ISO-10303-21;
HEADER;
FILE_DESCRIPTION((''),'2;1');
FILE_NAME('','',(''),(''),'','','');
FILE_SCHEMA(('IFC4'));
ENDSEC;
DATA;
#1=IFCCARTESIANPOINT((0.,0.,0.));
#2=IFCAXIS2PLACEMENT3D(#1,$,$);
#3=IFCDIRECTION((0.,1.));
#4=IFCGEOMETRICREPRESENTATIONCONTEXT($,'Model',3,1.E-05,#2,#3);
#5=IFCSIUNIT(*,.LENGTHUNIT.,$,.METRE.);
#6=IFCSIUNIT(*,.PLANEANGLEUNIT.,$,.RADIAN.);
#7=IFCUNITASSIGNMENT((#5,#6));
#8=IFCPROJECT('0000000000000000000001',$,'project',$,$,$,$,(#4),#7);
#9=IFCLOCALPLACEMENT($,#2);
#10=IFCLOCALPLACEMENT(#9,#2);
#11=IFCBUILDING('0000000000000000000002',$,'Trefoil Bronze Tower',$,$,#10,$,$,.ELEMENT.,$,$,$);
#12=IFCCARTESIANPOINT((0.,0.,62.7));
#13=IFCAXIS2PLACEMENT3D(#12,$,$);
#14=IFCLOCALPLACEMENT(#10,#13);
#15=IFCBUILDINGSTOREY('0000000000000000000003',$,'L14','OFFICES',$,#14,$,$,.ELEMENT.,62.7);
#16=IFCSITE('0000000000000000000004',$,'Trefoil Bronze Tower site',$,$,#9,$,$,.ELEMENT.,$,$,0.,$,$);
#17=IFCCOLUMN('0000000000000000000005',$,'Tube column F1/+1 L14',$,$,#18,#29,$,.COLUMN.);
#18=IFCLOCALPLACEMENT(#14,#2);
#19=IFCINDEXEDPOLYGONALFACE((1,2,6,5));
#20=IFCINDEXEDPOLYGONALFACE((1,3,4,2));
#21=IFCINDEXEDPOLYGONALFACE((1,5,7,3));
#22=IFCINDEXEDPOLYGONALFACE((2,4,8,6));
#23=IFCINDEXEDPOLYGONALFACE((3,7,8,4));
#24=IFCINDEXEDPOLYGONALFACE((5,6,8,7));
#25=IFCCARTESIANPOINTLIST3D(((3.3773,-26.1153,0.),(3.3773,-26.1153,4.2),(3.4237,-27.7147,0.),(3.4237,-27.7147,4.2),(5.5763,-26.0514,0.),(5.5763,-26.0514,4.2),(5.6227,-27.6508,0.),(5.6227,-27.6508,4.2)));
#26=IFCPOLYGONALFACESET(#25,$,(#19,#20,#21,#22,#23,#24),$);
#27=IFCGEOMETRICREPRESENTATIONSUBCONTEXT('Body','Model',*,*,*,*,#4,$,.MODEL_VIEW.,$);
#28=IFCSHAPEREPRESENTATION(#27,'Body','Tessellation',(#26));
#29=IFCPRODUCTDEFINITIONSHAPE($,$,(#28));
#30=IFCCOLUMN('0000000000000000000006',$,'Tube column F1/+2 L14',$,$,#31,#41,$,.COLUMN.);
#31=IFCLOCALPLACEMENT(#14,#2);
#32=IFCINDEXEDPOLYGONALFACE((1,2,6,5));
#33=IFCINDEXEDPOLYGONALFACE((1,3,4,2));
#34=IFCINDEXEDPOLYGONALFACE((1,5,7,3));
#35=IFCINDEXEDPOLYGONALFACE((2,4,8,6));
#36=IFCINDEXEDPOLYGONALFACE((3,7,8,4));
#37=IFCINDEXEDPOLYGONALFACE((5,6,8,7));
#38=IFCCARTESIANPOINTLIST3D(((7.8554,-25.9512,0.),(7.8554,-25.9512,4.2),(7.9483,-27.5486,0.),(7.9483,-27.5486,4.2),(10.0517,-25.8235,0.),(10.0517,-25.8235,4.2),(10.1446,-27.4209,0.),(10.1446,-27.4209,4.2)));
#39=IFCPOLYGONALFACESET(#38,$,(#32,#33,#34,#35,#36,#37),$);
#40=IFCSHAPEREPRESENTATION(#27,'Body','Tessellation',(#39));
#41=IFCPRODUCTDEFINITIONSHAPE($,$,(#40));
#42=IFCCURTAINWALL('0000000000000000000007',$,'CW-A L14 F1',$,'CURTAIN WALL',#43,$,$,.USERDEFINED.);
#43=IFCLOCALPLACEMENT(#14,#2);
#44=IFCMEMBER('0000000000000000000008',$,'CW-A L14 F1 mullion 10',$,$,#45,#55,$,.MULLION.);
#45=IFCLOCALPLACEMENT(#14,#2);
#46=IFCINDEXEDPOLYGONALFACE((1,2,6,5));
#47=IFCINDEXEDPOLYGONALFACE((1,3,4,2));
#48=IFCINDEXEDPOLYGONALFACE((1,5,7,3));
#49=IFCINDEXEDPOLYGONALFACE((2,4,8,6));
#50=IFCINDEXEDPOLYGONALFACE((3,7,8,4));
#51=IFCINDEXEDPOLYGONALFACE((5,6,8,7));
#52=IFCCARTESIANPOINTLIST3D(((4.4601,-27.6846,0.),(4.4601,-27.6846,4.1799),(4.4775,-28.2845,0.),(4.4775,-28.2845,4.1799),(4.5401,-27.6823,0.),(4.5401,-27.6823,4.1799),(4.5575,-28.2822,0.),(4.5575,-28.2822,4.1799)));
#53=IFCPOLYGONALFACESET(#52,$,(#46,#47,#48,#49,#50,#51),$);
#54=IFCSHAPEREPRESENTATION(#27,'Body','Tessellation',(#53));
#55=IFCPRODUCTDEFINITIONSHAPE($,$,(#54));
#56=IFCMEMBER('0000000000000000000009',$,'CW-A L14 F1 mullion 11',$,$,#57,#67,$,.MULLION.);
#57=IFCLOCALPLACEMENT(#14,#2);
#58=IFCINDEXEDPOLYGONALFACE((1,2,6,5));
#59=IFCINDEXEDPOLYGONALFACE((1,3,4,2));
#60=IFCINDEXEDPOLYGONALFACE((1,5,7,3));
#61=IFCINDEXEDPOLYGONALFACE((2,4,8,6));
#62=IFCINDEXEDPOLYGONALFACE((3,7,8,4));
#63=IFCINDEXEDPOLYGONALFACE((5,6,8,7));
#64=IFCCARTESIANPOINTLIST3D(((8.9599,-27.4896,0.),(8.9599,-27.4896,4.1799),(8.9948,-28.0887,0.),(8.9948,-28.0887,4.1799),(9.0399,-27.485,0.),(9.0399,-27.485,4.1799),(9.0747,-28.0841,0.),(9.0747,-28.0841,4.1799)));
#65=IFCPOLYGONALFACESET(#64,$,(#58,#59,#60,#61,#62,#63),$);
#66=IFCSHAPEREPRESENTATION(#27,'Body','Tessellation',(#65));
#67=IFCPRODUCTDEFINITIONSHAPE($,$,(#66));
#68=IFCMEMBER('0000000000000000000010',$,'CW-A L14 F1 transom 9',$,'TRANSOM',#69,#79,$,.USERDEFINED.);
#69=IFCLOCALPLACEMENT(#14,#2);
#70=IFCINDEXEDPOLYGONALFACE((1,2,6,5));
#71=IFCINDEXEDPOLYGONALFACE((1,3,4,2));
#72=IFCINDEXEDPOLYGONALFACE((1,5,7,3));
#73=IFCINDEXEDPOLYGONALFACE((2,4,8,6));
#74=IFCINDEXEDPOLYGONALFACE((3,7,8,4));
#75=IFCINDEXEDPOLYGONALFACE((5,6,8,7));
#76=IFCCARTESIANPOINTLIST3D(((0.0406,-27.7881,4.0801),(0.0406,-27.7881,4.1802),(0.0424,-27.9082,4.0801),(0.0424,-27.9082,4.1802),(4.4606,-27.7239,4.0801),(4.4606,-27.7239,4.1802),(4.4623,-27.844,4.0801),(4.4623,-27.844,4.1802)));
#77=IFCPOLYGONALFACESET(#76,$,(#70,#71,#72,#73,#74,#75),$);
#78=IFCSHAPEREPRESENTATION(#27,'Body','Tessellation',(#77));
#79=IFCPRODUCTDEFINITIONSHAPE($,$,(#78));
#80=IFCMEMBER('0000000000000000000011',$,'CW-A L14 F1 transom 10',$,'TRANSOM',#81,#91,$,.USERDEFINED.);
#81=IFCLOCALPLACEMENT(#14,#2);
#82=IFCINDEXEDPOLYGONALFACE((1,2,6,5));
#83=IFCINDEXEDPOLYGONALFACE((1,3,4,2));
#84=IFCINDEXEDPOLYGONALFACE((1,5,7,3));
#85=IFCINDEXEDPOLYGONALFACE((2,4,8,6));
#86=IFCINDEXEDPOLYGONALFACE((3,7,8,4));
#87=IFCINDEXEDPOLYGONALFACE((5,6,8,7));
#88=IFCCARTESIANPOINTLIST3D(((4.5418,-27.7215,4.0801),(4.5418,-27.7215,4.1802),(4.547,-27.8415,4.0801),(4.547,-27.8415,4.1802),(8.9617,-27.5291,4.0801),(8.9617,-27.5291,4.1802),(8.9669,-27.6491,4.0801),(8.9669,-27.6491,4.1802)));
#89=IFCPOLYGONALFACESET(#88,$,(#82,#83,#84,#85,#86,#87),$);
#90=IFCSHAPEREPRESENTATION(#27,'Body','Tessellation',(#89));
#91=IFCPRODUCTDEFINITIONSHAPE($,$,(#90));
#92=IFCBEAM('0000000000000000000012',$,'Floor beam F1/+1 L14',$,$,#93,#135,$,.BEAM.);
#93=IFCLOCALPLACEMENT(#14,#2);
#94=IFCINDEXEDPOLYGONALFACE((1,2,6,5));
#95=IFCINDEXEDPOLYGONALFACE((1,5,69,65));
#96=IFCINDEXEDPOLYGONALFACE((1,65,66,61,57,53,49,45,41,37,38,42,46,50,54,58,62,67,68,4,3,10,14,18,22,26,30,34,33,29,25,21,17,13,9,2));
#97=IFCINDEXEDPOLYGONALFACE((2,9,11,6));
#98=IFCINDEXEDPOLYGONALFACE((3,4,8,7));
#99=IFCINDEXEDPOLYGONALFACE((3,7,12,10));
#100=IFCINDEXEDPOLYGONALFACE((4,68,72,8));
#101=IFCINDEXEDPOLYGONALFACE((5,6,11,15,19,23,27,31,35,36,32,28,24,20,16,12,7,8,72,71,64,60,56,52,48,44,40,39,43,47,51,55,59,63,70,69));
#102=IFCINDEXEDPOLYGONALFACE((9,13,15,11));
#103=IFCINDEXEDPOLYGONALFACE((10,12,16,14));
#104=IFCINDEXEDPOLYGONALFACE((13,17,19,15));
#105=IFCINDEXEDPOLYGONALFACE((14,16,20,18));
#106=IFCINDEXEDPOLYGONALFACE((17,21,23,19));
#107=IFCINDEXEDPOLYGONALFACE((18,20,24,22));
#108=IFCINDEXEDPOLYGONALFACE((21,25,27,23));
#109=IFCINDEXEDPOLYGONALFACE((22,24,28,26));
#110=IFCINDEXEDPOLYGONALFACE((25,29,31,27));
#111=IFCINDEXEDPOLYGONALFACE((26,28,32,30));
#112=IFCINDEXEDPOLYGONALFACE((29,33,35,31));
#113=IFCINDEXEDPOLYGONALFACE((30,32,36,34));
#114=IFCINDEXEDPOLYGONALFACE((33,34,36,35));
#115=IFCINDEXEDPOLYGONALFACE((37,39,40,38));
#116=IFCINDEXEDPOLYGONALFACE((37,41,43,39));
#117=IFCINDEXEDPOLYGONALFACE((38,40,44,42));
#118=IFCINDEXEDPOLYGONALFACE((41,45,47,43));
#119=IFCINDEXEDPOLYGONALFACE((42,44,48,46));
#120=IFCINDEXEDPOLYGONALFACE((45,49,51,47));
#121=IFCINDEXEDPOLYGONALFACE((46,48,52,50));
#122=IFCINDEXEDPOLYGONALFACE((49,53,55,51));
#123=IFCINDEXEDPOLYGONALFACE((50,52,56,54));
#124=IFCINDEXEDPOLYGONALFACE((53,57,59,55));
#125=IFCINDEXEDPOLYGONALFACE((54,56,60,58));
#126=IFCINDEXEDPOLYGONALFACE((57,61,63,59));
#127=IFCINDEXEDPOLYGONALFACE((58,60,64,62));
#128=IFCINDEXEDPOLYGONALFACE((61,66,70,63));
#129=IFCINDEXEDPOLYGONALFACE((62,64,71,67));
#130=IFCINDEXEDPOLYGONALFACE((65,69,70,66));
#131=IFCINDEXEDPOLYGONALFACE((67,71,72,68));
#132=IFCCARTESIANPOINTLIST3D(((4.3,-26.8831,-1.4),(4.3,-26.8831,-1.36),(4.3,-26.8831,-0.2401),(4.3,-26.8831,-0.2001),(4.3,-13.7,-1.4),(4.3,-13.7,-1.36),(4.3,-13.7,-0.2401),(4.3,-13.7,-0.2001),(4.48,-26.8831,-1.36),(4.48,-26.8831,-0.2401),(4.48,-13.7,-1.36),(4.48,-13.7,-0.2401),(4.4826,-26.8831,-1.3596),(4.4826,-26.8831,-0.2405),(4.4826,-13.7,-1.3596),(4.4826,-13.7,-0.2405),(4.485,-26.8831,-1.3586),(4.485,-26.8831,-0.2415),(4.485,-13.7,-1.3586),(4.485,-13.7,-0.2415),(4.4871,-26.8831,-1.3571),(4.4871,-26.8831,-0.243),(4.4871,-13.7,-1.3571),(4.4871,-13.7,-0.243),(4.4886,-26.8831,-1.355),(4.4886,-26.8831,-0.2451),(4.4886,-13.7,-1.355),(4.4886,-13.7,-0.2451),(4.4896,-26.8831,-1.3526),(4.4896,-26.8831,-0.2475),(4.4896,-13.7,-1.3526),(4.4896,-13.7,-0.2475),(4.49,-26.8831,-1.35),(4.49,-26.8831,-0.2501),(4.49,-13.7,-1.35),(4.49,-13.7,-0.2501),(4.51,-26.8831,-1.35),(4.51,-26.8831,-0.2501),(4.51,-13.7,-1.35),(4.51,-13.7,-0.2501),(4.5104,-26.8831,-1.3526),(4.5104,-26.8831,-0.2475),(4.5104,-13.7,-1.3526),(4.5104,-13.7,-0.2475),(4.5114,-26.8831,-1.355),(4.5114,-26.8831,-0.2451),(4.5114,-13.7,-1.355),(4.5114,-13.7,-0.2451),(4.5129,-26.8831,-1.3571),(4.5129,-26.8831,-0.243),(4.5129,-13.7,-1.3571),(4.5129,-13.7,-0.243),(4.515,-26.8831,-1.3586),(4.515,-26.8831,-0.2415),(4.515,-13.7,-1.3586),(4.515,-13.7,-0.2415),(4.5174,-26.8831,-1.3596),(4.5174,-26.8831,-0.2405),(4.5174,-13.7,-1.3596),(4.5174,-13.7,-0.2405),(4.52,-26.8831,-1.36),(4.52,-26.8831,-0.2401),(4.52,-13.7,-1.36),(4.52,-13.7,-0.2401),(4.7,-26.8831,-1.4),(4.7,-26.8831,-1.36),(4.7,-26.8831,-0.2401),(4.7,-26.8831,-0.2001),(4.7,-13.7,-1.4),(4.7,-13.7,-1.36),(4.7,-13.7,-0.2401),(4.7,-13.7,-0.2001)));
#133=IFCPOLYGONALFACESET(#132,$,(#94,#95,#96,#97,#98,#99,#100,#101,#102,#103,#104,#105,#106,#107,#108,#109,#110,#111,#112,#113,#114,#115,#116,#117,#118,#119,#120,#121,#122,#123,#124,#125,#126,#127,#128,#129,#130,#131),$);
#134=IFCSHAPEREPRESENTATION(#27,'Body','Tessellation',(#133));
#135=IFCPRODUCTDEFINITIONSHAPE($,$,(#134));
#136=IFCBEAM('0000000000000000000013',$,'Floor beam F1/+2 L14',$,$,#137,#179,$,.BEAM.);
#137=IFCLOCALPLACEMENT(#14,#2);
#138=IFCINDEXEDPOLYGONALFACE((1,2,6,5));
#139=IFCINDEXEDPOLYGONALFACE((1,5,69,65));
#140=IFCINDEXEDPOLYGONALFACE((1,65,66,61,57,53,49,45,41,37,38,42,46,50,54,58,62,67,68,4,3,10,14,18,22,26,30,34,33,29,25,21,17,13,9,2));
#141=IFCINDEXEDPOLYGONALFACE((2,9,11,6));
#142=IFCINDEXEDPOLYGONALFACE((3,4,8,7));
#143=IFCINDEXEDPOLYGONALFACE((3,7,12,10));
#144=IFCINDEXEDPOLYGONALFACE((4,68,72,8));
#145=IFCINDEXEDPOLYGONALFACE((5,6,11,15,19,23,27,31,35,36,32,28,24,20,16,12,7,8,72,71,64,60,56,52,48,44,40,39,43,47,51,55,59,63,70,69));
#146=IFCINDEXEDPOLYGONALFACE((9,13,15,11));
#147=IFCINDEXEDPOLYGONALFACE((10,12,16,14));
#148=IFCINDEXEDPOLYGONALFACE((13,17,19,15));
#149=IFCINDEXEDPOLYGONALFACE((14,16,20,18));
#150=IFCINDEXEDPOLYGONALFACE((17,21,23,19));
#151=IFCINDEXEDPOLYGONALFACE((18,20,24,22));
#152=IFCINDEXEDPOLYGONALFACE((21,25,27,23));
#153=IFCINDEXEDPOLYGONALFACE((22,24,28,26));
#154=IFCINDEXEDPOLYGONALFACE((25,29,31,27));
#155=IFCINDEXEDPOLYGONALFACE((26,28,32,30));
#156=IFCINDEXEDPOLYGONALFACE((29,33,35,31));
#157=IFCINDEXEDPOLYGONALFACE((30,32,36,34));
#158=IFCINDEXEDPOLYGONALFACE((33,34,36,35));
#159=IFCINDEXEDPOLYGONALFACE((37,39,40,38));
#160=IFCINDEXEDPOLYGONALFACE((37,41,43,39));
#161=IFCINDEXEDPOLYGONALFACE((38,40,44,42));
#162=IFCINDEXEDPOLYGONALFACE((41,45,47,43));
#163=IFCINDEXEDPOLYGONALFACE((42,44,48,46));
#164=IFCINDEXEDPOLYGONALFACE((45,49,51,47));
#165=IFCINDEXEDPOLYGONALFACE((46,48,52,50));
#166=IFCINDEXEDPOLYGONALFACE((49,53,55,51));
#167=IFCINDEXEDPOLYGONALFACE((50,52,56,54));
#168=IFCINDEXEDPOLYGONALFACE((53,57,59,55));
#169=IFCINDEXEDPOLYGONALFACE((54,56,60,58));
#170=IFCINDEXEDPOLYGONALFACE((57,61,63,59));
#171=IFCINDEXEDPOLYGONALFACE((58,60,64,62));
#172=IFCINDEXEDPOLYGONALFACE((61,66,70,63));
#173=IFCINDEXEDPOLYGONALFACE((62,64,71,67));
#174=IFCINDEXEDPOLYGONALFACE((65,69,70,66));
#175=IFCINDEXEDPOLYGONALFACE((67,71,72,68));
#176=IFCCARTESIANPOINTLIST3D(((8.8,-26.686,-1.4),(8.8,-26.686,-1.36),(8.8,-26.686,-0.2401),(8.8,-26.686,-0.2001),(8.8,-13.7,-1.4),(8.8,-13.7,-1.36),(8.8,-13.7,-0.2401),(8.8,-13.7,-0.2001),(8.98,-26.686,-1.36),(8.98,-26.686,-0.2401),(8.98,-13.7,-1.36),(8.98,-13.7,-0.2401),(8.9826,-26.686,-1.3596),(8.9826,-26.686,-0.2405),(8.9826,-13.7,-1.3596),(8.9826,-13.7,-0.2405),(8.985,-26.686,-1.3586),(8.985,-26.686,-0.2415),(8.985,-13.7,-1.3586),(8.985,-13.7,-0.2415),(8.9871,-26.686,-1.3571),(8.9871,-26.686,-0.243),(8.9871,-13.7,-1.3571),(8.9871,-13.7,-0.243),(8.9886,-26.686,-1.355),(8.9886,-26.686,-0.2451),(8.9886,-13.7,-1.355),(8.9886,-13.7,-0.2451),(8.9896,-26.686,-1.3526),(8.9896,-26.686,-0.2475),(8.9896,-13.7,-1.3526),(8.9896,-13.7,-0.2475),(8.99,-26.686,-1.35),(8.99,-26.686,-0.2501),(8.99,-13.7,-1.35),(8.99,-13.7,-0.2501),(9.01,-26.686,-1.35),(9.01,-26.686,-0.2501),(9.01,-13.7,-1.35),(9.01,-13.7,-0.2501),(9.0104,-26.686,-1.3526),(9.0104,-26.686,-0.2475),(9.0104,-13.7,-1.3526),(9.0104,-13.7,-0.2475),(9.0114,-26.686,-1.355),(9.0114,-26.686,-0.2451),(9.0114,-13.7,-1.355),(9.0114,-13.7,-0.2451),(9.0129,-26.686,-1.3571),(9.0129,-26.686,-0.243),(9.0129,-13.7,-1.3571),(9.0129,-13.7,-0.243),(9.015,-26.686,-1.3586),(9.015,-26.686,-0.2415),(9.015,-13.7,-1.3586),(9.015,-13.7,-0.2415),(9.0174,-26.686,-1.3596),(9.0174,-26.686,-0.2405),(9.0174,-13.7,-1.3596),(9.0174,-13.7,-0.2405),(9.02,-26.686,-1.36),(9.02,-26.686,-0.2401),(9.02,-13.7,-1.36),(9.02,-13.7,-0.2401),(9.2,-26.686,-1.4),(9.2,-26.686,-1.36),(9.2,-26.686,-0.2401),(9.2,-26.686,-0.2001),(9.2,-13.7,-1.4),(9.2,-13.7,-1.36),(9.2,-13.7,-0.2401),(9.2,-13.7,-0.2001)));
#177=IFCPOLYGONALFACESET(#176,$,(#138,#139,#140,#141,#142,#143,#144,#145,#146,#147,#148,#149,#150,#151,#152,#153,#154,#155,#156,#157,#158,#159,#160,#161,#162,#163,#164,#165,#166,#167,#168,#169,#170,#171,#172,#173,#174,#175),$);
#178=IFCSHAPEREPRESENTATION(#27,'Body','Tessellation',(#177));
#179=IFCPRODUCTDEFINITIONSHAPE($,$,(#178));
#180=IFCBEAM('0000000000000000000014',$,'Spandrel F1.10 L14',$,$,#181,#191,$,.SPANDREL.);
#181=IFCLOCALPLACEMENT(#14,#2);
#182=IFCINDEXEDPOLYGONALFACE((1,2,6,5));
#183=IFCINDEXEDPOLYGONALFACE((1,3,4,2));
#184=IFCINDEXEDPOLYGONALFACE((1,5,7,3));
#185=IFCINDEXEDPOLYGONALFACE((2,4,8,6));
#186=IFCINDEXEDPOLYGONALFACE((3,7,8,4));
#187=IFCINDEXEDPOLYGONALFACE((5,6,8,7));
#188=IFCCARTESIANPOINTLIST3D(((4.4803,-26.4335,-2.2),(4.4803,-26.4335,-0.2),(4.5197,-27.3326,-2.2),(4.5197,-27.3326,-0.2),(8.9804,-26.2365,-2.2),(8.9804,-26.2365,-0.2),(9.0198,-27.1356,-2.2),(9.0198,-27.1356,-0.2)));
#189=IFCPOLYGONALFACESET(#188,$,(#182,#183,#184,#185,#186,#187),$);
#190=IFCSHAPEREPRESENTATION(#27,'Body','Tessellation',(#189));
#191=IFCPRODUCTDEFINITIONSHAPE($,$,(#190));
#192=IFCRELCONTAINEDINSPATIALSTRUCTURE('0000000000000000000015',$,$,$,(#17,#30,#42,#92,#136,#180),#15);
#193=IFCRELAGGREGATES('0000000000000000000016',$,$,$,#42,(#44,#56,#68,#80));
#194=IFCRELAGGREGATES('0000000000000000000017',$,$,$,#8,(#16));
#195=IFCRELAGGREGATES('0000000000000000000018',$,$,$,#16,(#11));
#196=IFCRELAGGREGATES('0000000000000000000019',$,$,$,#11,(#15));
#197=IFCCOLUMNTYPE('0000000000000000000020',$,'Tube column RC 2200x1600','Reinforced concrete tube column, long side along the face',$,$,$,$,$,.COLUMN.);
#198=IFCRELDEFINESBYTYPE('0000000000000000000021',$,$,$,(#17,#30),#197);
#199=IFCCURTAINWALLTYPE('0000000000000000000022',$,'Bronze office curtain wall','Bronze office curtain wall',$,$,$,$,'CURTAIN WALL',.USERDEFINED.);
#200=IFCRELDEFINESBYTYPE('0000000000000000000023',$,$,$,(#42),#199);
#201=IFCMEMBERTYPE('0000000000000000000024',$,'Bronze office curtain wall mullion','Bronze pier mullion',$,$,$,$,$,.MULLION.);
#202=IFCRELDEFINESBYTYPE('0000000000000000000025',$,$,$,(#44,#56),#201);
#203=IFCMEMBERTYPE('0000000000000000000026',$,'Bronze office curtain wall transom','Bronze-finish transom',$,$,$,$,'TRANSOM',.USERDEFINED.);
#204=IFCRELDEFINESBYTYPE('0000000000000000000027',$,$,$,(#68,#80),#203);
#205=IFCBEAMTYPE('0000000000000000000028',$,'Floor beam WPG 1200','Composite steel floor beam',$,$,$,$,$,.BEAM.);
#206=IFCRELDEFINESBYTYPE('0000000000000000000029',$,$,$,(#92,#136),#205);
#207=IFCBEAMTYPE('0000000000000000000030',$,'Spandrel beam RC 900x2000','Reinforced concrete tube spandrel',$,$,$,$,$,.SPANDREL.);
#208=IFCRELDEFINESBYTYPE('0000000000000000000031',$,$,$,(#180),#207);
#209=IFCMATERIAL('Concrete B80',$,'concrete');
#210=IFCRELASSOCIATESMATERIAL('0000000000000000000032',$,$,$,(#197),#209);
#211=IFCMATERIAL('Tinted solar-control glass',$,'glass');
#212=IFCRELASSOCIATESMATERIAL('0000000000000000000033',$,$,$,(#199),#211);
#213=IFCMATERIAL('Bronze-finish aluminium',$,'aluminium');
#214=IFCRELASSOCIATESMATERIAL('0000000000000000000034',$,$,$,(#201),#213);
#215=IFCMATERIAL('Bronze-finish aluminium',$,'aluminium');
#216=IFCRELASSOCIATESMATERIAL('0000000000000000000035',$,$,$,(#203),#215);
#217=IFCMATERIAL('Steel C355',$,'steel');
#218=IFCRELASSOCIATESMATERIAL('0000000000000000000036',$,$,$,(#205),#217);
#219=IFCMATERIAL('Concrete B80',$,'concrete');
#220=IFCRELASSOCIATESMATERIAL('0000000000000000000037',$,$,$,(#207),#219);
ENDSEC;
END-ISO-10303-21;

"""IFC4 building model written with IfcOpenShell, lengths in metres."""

from ifc_helpers import new_model, si_unit, direction, frame, origin, origin_2d, place, context, subcontext, project, spatial, rectangle, i_section, extrude, material, material_profile, profile_set, type_object, element, aggregate, save


model = new_model("IFC4")

# Units and contexts
model_context = context("Model", 3, precision=1e-05, world=origin(), true_north=direction((0.0, 1.0)))
body_context = subcontext(model_context, "Body", "Model", "MODEL_VIEW")
ifc_project = project(units=[si_unit("LENGTHUNIT", "METRE"), si_unit("PLANEANGLEUNIT", "RADIAN")], contexts=[model_context])

# Site, building, storey
site_placement = place(None, origin())
site = spatial("IfcSite", under=ifc_project, at=site_placement, Name="Trefoil Bronze Tower site", CompositionType="ELEMENT", RefElevation=0.0)
building_placement = place(site_placement, origin())
building = spatial("IfcBuilding", under=site, at=building_placement, Name="Trefoil Bronze Tower", CompositionType="ELEMENT")
storey_placement = place(building_placement, frame((0.0, 0.0, 62.7)))
storey = spatial("IfcBuildingStorey", under=building, at=storey_placement, Name="L14", Description="OFFICES", CompositionType="ELEMENT", Elevation=62.7)

# Columns
ifc_material_1 = material(Name="Concrete B80", Category="concrete")
ifc_material_profile_1 = material_profile(ifc_material_1, rectangle(XDim=2.2, YDim=1.6001, at=origin_2d()), Name="RC 2200x1600")
ifc_profile_set_1 = profile_set([ifc_material_profile_1], Name="Concrete B80")
column_type = type_object("IfcColumnType", Name="Tube column RC 2200x1600", Description="Reinforced concrete tube column, long side along the face", PredefinedType="COLUMN", material=ifc_profile_set_1)
for number, where, z_axis, x_axis, name in (
    (1, (4.5, -26.8831, 0.0), (0.0, 0.0, 1.0), (0.999579, 0.029022, 0.0), "Tube column F1/+1 L14"),
    (2, (9.0, -26.686, 0.0), (0.0, 0.0, 1.0), (0.998314, 0.058043, 0.0), "Tube column F1/+2 L14"),
):
    element("IfcColumn", number, at=place(storey_placement, frame(where, z_axis=z_axis, x_axis=x_axis)), inside=storey, type_object=column_type, Name=name, PredefinedType="COLUMN", context=body_context, shape_type="SweptSolid", body=[
        extrude(rectangle(XDim=2.2, YDim=1.6001, at=origin_2d()), origin(), (0.0, 0.0, 1.0), 4.2),
    ])

# Curtain wall, members
ifc_material_2 = material(Name="Tinted solar-control glass", Category="glass")
curtain_wall_type = type_object("IfcCurtainWallType", Name="Bronze office curtain wall", Description="Bronze office curtain wall", ElementType="CURTAIN WALL", PredefinedType="USERDEFINED", material=ifc_material_2)
curtain_wall_placement = place(storey_placement, origin())
curtain_wall = element("IfcCurtainWall", 3, at=curtain_wall_placement, inside=storey, type_object=curtain_wall_type, Name="CW-A L14 F1", ObjectType="CURTAIN WALL", PredefinedType="USERDEFINED")
ifc_material_3 = material(Name="Bronze-finish aluminium", Category="aluminium")
ifc_material_profile_2 = material_profile(ifc_material_3, rectangle(XDim=0.6001, YDim=0.0801, at=origin_2d()), Name="CW-A mullion")
ifc_profile_set_2 = profile_set([ifc_material_profile_2], Name="Bronze-finish aluminium")
member_type_1 = type_object("IfcMemberType", Name="Bronze office curtain wall mullion", Description="Bronze pier mullion", PredefinedType="MULLION", material=ifc_profile_set_2)
member_1_placement = place(storey_placement, frame((4.5088, -27.9834, 0.0), z_axis=(0.0, 0.0, 1.0), x_axis=(-0.029022, 0.999579, 0.0)))
member_1 = element("IfcMember", 4, at=member_1_placement, type_object=member_type_1, Name="CW-A L14 F1 mullion 10", PredefinedType="MULLION", context=body_context, shape_type="SweptSolid", body=[
    extrude(rectangle(XDim=0.6001, YDim=0.0801, at=origin_2d()), origin(), (0.0, 0.0, 1.0), 4.1799),
])
member_2_placement = place(storey_placement, frame((9.0173, -27.7869, 0.0), z_axis=(0.0, 0.0, 1.0), x_axis=(-0.058043, 0.998314, 0.0)))
member_2 = element("IfcMember", 5, at=member_2_placement, type_object=member_type_1, Name="CW-A L14 F1 mullion 11", PredefinedType="MULLION", context=body_context, shape_type="SweptSolid", body=[
    extrude(rectangle(XDim=0.6001, YDim=0.0801, at=origin_2d()), origin(), (0.0, 0.0, 1.0), 4.1799),
])
ifc_material_4 = material(Name="Bronze-finish aluminium", Category="aluminium")
ifc_material_profile_3 = material_profile(ifc_material_4, rectangle(XDim=0.1201, YDim=0.1001, at=origin_2d()), Name="CW-A transom")
ifc_profile_set_3 = profile_set([ifc_material_profile_3], Name="Bronze-finish aluminium")
member_type_2 = type_object("IfcMemberType", Name="Bronze office curtain wall transom", Description="Bronze-finish transom", ElementType="TRANSOM", PredefinedType="USERDEFINED", material=ifc_profile_set_3)
member_3_placement = place(storey_placement, frame((0.0415, -27.8481, 4.1301), z_axis=(0.999894, 0.014526, 0.0), x_axis=(-0.014526, 0.999894, 0.0)))
member_3 = element("IfcMember", 6, at=member_3_placement, type_object=member_type_2, Name="CW-A L14 F1 transom 9", ObjectType="TRANSOM", PredefinedType="USERDEFINED", context=body_context, shape_type="SweptSolid", body=[
    extrude(rectangle(XDim=0.1201, YDim=0.1001, at=origin_2d()), origin(), (0.0, 0.0, 1.0), 4.4204),
])
member_4_placement = place(storey_placement, frame((4.5444, -27.7815, 4.1301), z_axis=(0.999054, 0.043485, 0.0), x_axis=(-0.043485, 0.999054, 0.0)))
member_4 = element("IfcMember", 7, at=member_4_placement, type_object=member_type_2, Name="CW-A L14 F1 transom 10", ObjectType="TRANSOM", PredefinedType="USERDEFINED", context=body_context, shape_type="SweptSolid", body=[
    extrude(rectangle(XDim=0.1201, YDim=0.1001, at=origin_2d()), origin(), (0.0, 0.0, 1.0), 4.4241),
])

# Beams
ifc_material_5 = material(Name="Steel C355", Category="steel")
ifc_material_profile_4 = material_profile(ifc_material_5, i_section(OverallWidth=0.3999, OverallDepth=1.2, WebThickness=0.02, FlangeThickness=0.04, FilletRadius=0.01, at=origin_2d()), Name="WPG 1200")
ifc_profile_set_4 = profile_set([ifc_material_profile_4], Name="Steel C355")
beam_type_1 = type_object("IfcBeamType", Name="Floor beam WPG 1200", Description="Composite steel floor beam", PredefinedType="BEAM", material=ifc_profile_set_4)
beam_1_placement = place(storey_placement, frame((4.5, -26.8831, -0.8), z_axis=(0.0, 1.0, 0.0), x_axis=(-1.0, 0.0, 0.0)))
element("IfcBeam", 8, at=beam_1_placement, inside=storey, type_object=beam_type_1, Name="Floor beam F1/+1 L14", PredefinedType="BEAM", context=body_context, shape_type="SweptSolid", body=[
    extrude(i_section(OverallWidth=0.3999, OverallDepth=1.2, WebThickness=0.02, FlangeThickness=0.04, FilletRadius=0.01, at=origin_2d()), origin(), (0.0, 0.0, 1.0), 13.1831),
])
beam_2_placement = place(storey_placement, frame((9.0, -26.686, -0.8), z_axis=(0.0, 1.0, 0.0), x_axis=(-1.0, 0.0, 0.0)))
element("IfcBeam", 9, at=beam_2_placement, inside=storey, type_object=beam_type_1, Name="Floor beam F1/+2 L14", PredefinedType="BEAM", context=body_context, shape_type="SweptSolid", body=[
    extrude(i_section(OverallWidth=0.3999, OverallDepth=1.2, WebThickness=0.02, FlangeThickness=0.04, FilletRadius=0.01, at=origin_2d()), origin(), (0.0, 0.0, 1.0), 12.9861),
])
ifc_material_6 = material(Name="Concrete B80", Category="concrete")
ifc_material_profile_5 = material_profile(ifc_material_6, rectangle(XDim=0.8999, YDim=2.0, at=origin_2d()), Name="RC 900x2000")
ifc_profile_set_5 = profile_set([ifc_material_profile_5], Name="Concrete B80")
beam_type_2 = type_object("IfcBeamType", Name="Spandrel beam RC 900x2000", Description="Reinforced concrete tube spandrel", PredefinedType="SPANDREL", material=ifc_profile_set_5)
beam_3_placement = place(storey_placement, frame((4.5, -26.8831, -1.2), z_axis=(0.999043, 0.043741, 0.0), x_axis=(-0.043741, 0.999043, 0.0)))
element("IfcBeam", 10, at=beam_3_placement, inside=storey, type_object=beam_type_2, Name="Spandrel F1.10 L14", PredefinedType="SPANDREL", context=body_context, shape_type="SweptSolid", body=[
    extrude(rectangle(XDim=0.8999, YDim=2.0, at=origin_2d()), origin(), (0.0, 0.0, 1.0), 4.5044),
])

aggregate(curtain_wall, [member_1, member_2, member_3, member_4])

save(model, "model.ifc")
